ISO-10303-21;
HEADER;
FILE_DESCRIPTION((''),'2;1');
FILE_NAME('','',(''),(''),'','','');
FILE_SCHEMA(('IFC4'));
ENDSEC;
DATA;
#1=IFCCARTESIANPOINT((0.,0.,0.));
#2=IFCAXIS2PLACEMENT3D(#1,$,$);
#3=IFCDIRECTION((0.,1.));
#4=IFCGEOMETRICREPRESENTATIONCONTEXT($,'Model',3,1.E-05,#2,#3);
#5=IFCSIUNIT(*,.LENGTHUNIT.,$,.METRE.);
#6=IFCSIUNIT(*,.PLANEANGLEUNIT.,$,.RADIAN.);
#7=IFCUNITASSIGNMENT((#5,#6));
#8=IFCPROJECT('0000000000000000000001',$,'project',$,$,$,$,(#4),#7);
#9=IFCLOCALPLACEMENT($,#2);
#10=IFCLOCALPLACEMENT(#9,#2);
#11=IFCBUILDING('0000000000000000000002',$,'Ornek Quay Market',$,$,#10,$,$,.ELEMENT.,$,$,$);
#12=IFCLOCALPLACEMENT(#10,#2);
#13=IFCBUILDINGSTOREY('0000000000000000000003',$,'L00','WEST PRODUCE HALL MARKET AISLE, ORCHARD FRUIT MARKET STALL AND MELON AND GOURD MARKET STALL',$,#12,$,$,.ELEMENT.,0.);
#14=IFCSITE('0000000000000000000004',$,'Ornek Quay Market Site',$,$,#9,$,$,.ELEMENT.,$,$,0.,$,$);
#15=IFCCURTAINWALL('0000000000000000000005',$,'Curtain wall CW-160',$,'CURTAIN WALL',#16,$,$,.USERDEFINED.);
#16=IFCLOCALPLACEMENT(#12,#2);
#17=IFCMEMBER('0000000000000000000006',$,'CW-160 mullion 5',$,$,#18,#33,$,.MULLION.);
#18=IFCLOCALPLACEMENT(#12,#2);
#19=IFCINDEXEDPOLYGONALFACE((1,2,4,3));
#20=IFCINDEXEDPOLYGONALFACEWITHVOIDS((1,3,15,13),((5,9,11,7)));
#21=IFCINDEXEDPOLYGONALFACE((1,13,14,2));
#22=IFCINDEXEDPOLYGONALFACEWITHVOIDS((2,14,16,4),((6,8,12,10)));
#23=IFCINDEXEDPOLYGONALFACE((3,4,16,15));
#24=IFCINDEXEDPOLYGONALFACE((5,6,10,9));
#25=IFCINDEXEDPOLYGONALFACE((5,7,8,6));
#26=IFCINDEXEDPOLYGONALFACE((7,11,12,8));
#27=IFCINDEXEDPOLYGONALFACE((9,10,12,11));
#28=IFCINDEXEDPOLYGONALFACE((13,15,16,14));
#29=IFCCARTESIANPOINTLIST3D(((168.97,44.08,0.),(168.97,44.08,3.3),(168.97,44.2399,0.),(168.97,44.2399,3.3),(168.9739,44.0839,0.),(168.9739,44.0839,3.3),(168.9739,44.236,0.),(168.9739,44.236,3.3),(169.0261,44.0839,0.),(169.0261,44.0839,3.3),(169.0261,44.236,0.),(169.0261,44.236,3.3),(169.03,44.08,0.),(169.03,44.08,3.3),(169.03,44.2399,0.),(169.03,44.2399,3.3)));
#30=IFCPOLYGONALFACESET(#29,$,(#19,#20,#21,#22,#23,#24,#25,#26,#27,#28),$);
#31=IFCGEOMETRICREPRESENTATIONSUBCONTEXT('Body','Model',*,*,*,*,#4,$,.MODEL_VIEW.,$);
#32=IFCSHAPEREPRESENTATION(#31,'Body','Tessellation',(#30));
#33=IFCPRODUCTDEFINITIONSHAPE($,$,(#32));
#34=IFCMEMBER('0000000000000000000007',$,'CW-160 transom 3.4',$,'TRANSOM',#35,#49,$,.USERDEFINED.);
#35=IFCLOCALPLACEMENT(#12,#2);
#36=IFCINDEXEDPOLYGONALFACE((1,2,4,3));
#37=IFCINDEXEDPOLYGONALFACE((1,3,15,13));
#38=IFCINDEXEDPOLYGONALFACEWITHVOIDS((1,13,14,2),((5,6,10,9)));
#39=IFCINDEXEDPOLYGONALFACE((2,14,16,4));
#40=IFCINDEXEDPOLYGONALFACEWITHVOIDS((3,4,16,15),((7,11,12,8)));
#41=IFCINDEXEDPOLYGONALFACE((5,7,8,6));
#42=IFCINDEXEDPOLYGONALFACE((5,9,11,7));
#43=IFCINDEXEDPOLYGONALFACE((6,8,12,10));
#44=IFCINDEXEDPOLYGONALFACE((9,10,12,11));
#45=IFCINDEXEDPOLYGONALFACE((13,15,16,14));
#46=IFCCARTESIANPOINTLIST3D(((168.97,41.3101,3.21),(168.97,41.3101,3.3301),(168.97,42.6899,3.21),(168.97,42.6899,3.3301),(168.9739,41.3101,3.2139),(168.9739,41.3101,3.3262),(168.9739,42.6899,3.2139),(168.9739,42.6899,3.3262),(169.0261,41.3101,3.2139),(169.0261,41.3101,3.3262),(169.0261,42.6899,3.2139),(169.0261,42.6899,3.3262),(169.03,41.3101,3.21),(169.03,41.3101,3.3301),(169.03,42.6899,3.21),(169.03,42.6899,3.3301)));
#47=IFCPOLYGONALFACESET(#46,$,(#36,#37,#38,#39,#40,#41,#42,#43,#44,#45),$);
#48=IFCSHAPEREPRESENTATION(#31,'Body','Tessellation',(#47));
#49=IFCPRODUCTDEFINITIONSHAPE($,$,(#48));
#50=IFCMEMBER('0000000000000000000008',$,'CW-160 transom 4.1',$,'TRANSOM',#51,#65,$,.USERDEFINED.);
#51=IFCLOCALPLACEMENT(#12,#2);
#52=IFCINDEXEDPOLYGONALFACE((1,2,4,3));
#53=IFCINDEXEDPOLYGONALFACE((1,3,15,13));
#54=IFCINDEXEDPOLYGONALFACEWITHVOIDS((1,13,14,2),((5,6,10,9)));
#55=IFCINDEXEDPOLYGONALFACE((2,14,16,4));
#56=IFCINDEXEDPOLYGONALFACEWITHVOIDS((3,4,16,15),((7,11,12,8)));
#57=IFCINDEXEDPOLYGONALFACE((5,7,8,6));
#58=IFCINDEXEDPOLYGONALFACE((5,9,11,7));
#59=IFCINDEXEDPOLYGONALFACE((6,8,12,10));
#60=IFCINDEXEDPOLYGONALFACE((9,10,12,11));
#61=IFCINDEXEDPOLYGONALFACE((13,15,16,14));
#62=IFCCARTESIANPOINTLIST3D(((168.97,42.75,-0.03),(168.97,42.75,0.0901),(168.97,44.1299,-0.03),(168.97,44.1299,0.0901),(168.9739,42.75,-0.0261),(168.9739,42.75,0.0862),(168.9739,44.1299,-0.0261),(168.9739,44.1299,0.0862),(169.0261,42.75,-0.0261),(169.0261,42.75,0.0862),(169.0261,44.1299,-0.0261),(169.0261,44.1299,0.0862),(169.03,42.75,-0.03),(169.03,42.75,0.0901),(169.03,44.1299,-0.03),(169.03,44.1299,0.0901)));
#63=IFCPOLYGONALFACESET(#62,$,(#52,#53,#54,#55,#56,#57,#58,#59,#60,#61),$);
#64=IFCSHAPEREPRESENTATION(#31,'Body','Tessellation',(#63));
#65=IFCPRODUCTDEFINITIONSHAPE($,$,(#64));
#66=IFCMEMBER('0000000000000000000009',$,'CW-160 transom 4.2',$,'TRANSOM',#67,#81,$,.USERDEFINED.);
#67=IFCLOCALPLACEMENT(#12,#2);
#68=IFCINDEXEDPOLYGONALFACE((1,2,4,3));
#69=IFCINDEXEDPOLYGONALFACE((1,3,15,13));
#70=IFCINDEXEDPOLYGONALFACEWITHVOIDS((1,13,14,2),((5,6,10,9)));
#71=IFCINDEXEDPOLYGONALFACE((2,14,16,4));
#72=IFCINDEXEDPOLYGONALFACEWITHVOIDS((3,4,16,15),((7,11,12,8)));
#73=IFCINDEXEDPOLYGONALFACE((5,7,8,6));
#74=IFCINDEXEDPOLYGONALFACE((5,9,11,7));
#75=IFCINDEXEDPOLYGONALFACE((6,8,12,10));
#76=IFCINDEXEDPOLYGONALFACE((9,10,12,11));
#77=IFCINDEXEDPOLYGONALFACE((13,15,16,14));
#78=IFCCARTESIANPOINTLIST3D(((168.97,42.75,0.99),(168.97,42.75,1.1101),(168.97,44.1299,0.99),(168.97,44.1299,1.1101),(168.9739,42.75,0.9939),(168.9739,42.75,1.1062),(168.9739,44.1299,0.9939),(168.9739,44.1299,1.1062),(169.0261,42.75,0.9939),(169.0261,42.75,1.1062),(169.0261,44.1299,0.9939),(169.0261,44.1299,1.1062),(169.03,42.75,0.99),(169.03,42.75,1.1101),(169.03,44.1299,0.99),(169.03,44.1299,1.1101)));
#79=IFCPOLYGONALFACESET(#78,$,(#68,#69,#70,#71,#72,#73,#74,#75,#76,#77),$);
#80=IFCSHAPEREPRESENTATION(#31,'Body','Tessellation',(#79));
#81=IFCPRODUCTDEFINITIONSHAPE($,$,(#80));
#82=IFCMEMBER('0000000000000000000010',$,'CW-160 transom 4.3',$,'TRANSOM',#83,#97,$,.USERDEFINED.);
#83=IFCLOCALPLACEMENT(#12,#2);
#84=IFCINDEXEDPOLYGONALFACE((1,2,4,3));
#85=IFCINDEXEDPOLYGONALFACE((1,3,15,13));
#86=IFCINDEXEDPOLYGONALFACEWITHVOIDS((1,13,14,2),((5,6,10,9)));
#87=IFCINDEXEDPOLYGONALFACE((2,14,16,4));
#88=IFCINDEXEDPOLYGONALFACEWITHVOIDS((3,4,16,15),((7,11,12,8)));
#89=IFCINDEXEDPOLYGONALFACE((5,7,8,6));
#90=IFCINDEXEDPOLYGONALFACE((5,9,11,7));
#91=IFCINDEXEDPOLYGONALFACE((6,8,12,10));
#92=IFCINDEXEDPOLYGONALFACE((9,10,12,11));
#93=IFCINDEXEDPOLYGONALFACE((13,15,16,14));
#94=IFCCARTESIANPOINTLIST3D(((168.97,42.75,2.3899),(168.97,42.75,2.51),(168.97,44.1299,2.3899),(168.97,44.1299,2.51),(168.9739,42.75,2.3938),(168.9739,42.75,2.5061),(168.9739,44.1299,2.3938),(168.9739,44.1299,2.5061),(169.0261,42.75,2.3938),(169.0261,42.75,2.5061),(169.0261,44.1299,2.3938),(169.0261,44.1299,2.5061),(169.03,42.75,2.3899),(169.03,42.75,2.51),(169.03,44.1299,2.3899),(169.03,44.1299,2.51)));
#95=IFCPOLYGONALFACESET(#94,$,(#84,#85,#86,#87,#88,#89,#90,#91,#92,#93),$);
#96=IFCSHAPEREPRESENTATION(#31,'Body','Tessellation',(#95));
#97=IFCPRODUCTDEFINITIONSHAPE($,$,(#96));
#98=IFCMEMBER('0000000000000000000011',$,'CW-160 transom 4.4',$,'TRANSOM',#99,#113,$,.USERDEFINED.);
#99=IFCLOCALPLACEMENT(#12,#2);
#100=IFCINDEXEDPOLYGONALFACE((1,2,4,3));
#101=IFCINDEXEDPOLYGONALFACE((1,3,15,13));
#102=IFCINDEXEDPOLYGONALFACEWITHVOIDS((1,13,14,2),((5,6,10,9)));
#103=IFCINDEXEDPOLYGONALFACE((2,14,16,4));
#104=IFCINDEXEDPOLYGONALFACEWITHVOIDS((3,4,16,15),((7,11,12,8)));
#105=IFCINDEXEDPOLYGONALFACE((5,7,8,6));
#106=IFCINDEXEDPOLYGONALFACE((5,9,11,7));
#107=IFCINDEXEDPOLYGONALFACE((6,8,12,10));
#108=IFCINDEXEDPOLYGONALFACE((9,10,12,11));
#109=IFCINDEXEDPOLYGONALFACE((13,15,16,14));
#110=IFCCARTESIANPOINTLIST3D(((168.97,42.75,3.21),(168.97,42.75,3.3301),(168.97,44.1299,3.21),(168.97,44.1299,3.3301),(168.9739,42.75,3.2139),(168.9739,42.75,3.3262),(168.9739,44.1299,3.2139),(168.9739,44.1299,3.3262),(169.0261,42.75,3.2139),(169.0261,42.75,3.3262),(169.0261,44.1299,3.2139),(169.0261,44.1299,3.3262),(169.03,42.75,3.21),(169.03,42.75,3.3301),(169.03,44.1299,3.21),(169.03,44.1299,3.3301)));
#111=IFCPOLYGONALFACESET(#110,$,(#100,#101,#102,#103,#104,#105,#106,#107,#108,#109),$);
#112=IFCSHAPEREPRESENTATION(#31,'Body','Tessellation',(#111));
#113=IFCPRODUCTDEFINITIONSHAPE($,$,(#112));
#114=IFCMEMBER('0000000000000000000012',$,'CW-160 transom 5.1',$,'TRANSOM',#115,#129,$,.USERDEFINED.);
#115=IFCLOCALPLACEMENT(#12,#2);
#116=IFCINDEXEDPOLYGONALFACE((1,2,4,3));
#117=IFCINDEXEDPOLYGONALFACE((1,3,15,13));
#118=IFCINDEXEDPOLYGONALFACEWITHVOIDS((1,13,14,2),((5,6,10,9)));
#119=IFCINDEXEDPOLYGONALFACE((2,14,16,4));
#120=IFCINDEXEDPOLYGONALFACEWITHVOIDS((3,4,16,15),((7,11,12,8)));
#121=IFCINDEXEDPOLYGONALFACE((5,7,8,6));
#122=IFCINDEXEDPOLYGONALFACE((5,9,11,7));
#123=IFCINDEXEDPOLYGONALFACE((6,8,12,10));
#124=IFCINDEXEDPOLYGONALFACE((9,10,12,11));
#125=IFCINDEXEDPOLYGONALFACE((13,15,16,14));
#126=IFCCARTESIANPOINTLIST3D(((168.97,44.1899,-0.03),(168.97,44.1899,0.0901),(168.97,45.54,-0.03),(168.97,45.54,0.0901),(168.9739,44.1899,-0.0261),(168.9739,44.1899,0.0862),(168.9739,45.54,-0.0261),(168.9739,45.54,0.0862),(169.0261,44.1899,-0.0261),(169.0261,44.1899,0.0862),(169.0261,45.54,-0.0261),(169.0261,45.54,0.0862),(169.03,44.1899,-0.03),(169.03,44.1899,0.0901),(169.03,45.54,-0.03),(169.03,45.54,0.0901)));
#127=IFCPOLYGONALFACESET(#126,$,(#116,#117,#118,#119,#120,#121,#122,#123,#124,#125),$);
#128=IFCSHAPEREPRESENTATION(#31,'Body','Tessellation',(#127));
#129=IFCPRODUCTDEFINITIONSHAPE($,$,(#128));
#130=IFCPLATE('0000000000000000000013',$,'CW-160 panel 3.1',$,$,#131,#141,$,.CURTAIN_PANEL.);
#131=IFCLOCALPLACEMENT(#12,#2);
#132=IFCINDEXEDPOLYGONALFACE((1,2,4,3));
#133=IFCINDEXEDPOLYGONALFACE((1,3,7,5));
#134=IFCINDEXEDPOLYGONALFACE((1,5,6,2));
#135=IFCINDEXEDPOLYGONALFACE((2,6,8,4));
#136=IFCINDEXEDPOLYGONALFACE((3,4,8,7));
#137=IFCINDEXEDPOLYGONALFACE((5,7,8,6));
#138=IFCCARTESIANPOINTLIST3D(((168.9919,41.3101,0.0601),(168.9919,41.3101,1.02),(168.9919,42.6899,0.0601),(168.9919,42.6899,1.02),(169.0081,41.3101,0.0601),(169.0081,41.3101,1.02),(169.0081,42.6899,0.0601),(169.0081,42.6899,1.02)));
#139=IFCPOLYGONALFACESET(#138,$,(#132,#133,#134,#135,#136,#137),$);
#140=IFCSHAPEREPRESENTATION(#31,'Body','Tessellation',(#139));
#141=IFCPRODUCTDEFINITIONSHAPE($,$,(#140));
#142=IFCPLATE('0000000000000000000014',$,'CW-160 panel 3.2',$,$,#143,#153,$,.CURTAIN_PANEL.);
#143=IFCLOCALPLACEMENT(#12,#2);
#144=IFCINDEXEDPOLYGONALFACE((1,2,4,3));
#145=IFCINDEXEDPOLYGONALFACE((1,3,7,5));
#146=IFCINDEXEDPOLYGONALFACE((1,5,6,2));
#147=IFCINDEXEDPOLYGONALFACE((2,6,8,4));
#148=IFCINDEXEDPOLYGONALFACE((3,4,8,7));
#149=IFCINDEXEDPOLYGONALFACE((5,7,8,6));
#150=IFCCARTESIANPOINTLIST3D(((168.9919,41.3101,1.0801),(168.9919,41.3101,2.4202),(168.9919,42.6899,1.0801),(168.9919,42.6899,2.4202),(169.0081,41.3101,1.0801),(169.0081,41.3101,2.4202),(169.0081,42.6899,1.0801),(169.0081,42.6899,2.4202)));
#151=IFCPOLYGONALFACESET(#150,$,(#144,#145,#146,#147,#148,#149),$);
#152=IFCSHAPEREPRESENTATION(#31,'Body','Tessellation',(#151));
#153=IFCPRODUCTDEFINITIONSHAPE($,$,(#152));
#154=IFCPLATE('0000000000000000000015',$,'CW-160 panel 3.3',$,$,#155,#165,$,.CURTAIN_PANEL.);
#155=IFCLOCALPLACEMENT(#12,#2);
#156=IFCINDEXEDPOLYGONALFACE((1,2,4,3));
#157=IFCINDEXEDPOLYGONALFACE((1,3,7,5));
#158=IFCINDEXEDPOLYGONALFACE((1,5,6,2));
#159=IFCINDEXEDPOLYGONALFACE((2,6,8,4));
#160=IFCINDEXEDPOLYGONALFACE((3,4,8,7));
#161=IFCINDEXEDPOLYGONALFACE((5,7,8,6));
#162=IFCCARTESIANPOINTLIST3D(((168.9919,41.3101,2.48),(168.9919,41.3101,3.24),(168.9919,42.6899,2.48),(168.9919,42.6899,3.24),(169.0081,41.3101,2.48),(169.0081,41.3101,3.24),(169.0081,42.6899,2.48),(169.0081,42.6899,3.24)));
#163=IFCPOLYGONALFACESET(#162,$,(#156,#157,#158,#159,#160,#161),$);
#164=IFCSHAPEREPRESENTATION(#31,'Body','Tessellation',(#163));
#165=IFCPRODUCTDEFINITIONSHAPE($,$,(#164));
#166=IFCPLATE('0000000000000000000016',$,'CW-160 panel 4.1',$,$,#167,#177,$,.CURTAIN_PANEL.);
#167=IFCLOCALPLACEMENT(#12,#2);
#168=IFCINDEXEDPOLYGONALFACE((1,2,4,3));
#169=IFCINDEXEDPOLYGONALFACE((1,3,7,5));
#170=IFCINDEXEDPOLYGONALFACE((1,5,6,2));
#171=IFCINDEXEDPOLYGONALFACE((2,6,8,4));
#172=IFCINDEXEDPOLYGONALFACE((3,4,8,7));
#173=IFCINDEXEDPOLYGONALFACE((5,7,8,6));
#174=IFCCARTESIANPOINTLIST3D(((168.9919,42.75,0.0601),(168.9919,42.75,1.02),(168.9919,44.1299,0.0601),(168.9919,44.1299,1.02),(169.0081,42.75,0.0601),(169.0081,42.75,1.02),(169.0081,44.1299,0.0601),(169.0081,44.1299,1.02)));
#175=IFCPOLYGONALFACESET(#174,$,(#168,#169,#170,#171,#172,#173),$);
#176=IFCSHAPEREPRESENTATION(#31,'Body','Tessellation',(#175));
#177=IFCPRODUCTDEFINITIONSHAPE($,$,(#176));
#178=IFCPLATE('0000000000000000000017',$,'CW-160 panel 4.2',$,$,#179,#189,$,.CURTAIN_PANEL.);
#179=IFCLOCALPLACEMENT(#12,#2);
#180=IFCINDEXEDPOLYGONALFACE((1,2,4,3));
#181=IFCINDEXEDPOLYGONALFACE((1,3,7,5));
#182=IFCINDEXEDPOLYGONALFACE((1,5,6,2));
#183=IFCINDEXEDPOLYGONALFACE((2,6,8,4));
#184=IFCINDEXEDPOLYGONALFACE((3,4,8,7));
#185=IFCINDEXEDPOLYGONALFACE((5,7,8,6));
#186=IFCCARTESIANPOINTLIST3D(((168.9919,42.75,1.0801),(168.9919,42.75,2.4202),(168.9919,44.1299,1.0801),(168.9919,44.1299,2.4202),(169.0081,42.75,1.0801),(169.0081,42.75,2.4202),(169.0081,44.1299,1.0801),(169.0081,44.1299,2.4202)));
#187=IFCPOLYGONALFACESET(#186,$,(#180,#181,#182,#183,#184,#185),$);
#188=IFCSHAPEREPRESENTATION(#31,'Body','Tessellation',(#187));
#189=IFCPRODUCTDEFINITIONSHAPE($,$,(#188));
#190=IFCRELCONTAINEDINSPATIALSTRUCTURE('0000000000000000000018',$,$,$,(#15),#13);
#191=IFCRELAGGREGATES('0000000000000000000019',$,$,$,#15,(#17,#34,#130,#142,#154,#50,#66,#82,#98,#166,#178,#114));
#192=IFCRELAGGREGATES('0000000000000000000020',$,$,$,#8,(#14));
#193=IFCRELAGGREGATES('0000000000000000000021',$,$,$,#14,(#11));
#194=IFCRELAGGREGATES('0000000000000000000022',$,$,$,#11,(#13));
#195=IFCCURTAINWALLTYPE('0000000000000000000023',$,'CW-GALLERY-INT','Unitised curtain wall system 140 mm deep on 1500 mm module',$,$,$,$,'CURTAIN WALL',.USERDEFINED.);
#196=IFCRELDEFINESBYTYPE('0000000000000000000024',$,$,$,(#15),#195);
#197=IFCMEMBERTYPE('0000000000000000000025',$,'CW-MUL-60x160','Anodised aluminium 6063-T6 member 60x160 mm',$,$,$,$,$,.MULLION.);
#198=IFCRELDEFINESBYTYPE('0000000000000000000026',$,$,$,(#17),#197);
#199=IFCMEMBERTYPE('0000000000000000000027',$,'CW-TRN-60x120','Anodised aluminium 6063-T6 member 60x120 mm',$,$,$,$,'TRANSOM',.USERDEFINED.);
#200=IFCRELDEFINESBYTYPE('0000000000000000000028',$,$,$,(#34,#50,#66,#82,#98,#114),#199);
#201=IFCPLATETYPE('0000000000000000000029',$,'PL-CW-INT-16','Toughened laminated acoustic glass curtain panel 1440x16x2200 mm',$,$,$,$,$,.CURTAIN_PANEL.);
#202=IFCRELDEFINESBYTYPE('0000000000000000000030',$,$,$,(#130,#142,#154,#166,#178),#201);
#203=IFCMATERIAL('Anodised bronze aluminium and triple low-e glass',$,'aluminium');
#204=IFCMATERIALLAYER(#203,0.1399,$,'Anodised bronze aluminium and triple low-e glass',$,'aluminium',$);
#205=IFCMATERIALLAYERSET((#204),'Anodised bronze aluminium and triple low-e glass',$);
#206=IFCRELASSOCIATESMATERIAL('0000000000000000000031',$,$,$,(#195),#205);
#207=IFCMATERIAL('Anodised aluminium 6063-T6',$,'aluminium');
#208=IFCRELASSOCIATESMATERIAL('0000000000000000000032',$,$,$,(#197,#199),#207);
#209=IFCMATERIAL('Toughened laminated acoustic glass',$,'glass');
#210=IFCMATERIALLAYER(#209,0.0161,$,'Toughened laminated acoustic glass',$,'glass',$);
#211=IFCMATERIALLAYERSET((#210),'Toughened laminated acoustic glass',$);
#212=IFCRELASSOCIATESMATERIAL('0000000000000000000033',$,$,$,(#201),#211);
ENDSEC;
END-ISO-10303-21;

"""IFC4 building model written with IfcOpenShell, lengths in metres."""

from ifc_helpers import new_model, si_unit, direction, frame, origin, origin_2d, place, context, subcontext, project, spatial, rectangle, hollow_rectangle, extrude, material, layer, layer_set, material_profile, profile_set, type_object, element, aggregate, save


model = new_model("IFC4")

# Units and contexts
model_context = context("Model", 3, precision=1e-05, world=origin(), true_north=direction((0.0, 1.0)))
body_context = subcontext(model_context, "Body", "Model", "MODEL_VIEW")
ifc_project = project(units=[si_unit("LENGTHUNIT", "METRE"), si_unit("PLANEANGLEUNIT", "RADIAN")], contexts=[model_context])

# Site, building, storey
site_placement = place(None, origin())
site = spatial("IfcSite", under=ifc_project, at=site_placement, Name="Ornek Quay Market Site", CompositionType="ELEMENT", RefElevation=0.0)
building_placement = place(site_placement, origin())
building = spatial("IfcBuilding", under=site, at=building_placement, Name="Ornek Quay Market", CompositionType="ELEMENT")
storey_placement = place(building_placement, origin())
storey = spatial("IfcBuildingStorey", under=building, at=storey_placement, Name="L00", Description="WEST PRODUCE HALL MARKET AISLE, ORCHARD FRUIT MARKET STALL AND MELON AND GOURD MARKET STALL", CompositionType="ELEMENT", Elevation=0.0)

# Curtain wall, members, plates
ifc_material_1 = material(Name="Anodised bronze aluminium and triple low-e glass", Category="aluminium")
ifc_layer_1 = layer(ifc_material_1, 0.1399, Name="Anodised bronze aluminium and triple low-e glass", Category="aluminium")
ifc_layer_set_1 = layer_set([ifc_layer_1], Name="Anodised bronze aluminium and triple low-e glass")
curtain_wall_type = type_object("IfcCurtainWallType", Name="CW-GALLERY-INT", Description="Unitised curtain wall system 140 mm deep on 1500 mm module", ElementType="CURTAIN WALL", PredefinedType="USERDEFINED", material=ifc_layer_set_1)
curtain_wall_placement = place(storey_placement, origin())
curtain_wall = element("IfcCurtainWall", 1, at=curtain_wall_placement, inside=storey, type_object=curtain_wall_type, Name="Curtain wall CW-160", ObjectType="CURTAIN WALL", PredefinedType="USERDEFINED")
ifc_material_2 = material(Name="Anodised aluminium 6063-T6", Category="aluminium")
ifc_material_profile_1 = material_profile(ifc_material_2, hollow_rectangle(XDim=0.0601, YDim=0.1599, WallThickness=0.0039, at=origin_2d()), Name="CW-MUL-60x160", Category="aluminium")
ifc_profile_set_1 = profile_set([ifc_material_profile_1], Name="Anodised aluminium 6063-T6")
member_type_1 = type_object("IfcMemberType", Name="CW-MUL-60x160", Description="Anodised aluminium 6063-T6 member 60x160 mm", PredefinedType="MULLION", material=ifc_profile_set_1)
member_1_placement = place(storey_placement, frame((169.0, 44.1599, 0.0), z_axis=(0.0, 0.0, 1.0), x_axis=(-1.0, 0.0, 0.0)))
member_1 = element("IfcMember", 2, at=member_1_placement, type_object=member_type_1, Name="CW-160 mullion 5", PredefinedType="MULLION", context=body_context, shape_type="SweptSolid", body=[
    extrude(hollow_rectangle(XDim=0.0601, YDim=0.1599, WallThickness=0.0039, at=origin_2d()), origin(), (0.0, 0.0, 1.0), 3.3),
])
ifc_material_profile_2 = material_profile(ifc_material_2, hollow_rectangle(XDim=0.0601, YDim=0.1201, WallThickness=0.0039, at=origin_2d()), Name="CW-TRN-60x120", Category="aluminium")
ifc_profile_set_2 = profile_set([ifc_material_profile_2], Name="Anodised aluminium 6063-T6")
member_type_2 = type_object("IfcMemberType", Name="CW-TRN-60x120", Description="Anodised aluminium 6063-T6 member 60x120 mm", ElementType="TRANSOM", PredefinedType="USERDEFINED", material=ifc_profile_set_2)
member_2_placement = place(storey_placement, frame((169.0, 41.3101, 3.27), z_axis=(0.0, 1.0, 0.0), x_axis=(-1.0, 0.0, 0.0)))
member_2 = element("IfcMember", 3, at=member_2_placement, type_object=member_type_2, Name="CW-160 transom 3.4", ObjectType="TRANSOM", PredefinedType="USERDEFINED", context=body_context, shape_type="SweptSolid", body=[
    extrude(hollow_rectangle(XDim=0.0601, YDim=0.1201, WallThickness=0.0039, at=origin_2d()), origin(), (0.0, 0.0, 1.0), 1.3799),
])
member_3_placement = place(storey_placement, frame((169.0, 42.75, 0.03), z_axis=(0.0, 1.0, 0.0), x_axis=(-1.0, 0.0, 0.0)))
member_3 = element("IfcMember", 4, at=member_3_placement, type_object=member_type_2, Name="CW-160 transom 4.1", ObjectType="TRANSOM", PredefinedType="USERDEFINED", context=body_context, shape_type="SweptSolid", body=[
    extrude(hollow_rectangle(XDim=0.0601, YDim=0.1201, WallThickness=0.0039, at=origin_2d()), origin(), (0.0, 0.0, 1.0), 1.3799),
])
member_4_placement = place(storey_placement, frame((169.0, 42.75, 1.05), z_axis=(0.0, 1.0, 0.0), x_axis=(-1.0, 0.0, 0.0)))
member_4 = element("IfcMember", 5, at=member_4_placement, type_object=member_type_2, Name="CW-160 transom 4.2", ObjectType="TRANSOM", PredefinedType="USERDEFINED", context=body_context, shape_type="SweptSolid", body=[
    extrude(hollow_rectangle(XDim=0.0601, YDim=0.1201, WallThickness=0.0039, at=origin_2d()), origin(), (0.0, 0.0, 1.0), 1.3799),
])
member_5_placement = place(storey_placement, frame((169.0, 42.75, 2.45), z_axis=(0.0, 1.0, 0.0), x_axis=(-1.0, 0.0, 0.0)))
member_5 = element("IfcMember", 6, at=member_5_placement, type_object=member_type_2, Name="CW-160 transom 4.3", ObjectType="TRANSOM", PredefinedType="USERDEFINED", context=body_context, shape_type="SweptSolid", body=[
    extrude(hollow_rectangle(XDim=0.0601, YDim=0.1201, WallThickness=0.0039, at=origin_2d()), origin(), (0.0, 0.0, 1.0), 1.3799),
])
member_6_placement = place(storey_placement, frame((169.0, 42.75, 3.27), z_axis=(0.0, 1.0, 0.0), x_axis=(-1.0, 0.0, 0.0)))
member_6 = element("IfcMember", 7, at=member_6_placement, type_object=member_type_2, Name="CW-160 transom 4.4", ObjectType="TRANSOM", PredefinedType="USERDEFINED", context=body_context, shape_type="SweptSolid", body=[
    extrude(hollow_rectangle(XDim=0.0601, YDim=0.1201, WallThickness=0.0039, at=origin_2d()), origin(), (0.0, 0.0, 1.0), 1.3799),
])
member_7_placement = place(storey_placement, frame((169.0, 44.1899, 0.03), z_axis=(0.0, 1.0, 0.0), x_axis=(-1.0, 0.0, 0.0)))
member_7 = element("IfcMember", 8, at=member_7_placement, type_object=member_type_2, Name="CW-160 transom 5.1", ObjectType="TRANSOM", PredefinedType="USERDEFINED", context=body_context, shape_type="SweptSolid", body=[
    extrude(hollow_rectangle(XDim=0.0601, YDim=0.1201, WallThickness=0.0039, at=origin_2d()), origin(), (0.0, 0.0, 1.0), 1.3501),
])
ifc_material_3 = material(Name="Toughened laminated acoustic glass", Category="glass")
ifc_layer_2 = layer(ifc_material_3, 0.0161, Name="Toughened laminated acoustic glass", Category="glass")
ifc_layer_set_2 = layer_set([ifc_layer_2], Name="Toughened laminated acoustic glass")
plate_type = type_object("IfcPlateType", Name="PL-CW-INT-16", Description="Toughened laminated acoustic glass curtain panel 1440x16x2200 mm", PredefinedType="CURTAIN_PANEL", material=ifc_layer_set_2)
plate_1_placement = place(storey_placement, frame((169.0, 42.0, 0.0601), z_axis=(0.0, 0.0, 1.0), x_axis=(0.0, 1.0, 0.0)))
plate_1 = element("IfcPlate", 9, at=plate_1_placement, type_object=plate_type, Name="CW-160 panel 3.1", PredefinedType="CURTAIN_PANEL", context=body_context, shape_type="SweptSolid", body=[
    extrude(rectangle(XDim=1.3799, YDim=0.0161, at=origin_2d()), origin(), (0.0, 0.0, 1.0), 0.96),
])
plate_2_placement = place(storey_placement, frame((169.0, 42.0, 1.0801), z_axis=(0.0, 0.0, 1.0), x_axis=(0.0, 1.0, 0.0)))
plate_2 = element("IfcPlate", 10, at=plate_2_placement, type_object=plate_type, Name="CW-160 panel 3.2", PredefinedType="CURTAIN_PANEL", context=body_context, shape_type="SweptSolid", body=[
    extrude(rectangle(XDim=1.3799, YDim=0.0161, at=origin_2d()), origin(), (0.0, 0.0, 1.0), 1.3401),
])
plate_3_placement = place(storey_placement, frame((169.0, 42.0, 2.48), z_axis=(0.0, 0.0, 1.0), x_axis=(0.0, 1.0, 0.0)))
plate_3 = element("IfcPlate", 11, at=plate_3_placement, type_object=plate_type, Name="CW-160 panel 3.3", PredefinedType="CURTAIN_PANEL", context=body_context, shape_type="SweptSolid", body=[
    extrude(rectangle(XDim=1.3799, YDim=0.0161, at=origin_2d()), origin(), (0.0, 0.0, 1.0), 0.76),
])
plate_4_placement = place(storey_placement, frame((169.0, 43.4399, 0.0601), z_axis=(0.0, 0.0, 1.0), x_axis=(0.0, 1.0, 0.0)))
plate_4 = element("IfcPlate", 12, at=plate_4_placement, type_object=plate_type, Name="CW-160 panel 4.1", PredefinedType="CURTAIN_PANEL", context=body_context, shape_type="SweptSolid", body=[
    extrude(rectangle(XDim=1.3799, YDim=0.0161, at=origin_2d()), origin(), (0.0, 0.0, 1.0), 0.96),
])
plate_5_placement = place(storey_placement, frame((169.0, 43.4399, 1.0801), z_axis=(0.0, 0.0, 1.0), x_axis=(0.0, 1.0, 0.0)))
plate_5 = element("IfcPlate", 13, at=plate_5_placement, type_object=plate_type, Name="CW-160 panel 4.2", PredefinedType="CURTAIN_PANEL", context=body_context, shape_type="SweptSolid", body=[
    extrude(rectangle(XDim=1.3799, YDim=0.0161, at=origin_2d()), origin(), (0.0, 0.0, 1.0), 1.3401),
])
aggregate(curtain_wall, [member_1, member_2, plate_1, plate_2, plate_3, member_3, member_4, member_5, member_6, plate_4, plate_5, member_7])

save(model, "model.ifc")
